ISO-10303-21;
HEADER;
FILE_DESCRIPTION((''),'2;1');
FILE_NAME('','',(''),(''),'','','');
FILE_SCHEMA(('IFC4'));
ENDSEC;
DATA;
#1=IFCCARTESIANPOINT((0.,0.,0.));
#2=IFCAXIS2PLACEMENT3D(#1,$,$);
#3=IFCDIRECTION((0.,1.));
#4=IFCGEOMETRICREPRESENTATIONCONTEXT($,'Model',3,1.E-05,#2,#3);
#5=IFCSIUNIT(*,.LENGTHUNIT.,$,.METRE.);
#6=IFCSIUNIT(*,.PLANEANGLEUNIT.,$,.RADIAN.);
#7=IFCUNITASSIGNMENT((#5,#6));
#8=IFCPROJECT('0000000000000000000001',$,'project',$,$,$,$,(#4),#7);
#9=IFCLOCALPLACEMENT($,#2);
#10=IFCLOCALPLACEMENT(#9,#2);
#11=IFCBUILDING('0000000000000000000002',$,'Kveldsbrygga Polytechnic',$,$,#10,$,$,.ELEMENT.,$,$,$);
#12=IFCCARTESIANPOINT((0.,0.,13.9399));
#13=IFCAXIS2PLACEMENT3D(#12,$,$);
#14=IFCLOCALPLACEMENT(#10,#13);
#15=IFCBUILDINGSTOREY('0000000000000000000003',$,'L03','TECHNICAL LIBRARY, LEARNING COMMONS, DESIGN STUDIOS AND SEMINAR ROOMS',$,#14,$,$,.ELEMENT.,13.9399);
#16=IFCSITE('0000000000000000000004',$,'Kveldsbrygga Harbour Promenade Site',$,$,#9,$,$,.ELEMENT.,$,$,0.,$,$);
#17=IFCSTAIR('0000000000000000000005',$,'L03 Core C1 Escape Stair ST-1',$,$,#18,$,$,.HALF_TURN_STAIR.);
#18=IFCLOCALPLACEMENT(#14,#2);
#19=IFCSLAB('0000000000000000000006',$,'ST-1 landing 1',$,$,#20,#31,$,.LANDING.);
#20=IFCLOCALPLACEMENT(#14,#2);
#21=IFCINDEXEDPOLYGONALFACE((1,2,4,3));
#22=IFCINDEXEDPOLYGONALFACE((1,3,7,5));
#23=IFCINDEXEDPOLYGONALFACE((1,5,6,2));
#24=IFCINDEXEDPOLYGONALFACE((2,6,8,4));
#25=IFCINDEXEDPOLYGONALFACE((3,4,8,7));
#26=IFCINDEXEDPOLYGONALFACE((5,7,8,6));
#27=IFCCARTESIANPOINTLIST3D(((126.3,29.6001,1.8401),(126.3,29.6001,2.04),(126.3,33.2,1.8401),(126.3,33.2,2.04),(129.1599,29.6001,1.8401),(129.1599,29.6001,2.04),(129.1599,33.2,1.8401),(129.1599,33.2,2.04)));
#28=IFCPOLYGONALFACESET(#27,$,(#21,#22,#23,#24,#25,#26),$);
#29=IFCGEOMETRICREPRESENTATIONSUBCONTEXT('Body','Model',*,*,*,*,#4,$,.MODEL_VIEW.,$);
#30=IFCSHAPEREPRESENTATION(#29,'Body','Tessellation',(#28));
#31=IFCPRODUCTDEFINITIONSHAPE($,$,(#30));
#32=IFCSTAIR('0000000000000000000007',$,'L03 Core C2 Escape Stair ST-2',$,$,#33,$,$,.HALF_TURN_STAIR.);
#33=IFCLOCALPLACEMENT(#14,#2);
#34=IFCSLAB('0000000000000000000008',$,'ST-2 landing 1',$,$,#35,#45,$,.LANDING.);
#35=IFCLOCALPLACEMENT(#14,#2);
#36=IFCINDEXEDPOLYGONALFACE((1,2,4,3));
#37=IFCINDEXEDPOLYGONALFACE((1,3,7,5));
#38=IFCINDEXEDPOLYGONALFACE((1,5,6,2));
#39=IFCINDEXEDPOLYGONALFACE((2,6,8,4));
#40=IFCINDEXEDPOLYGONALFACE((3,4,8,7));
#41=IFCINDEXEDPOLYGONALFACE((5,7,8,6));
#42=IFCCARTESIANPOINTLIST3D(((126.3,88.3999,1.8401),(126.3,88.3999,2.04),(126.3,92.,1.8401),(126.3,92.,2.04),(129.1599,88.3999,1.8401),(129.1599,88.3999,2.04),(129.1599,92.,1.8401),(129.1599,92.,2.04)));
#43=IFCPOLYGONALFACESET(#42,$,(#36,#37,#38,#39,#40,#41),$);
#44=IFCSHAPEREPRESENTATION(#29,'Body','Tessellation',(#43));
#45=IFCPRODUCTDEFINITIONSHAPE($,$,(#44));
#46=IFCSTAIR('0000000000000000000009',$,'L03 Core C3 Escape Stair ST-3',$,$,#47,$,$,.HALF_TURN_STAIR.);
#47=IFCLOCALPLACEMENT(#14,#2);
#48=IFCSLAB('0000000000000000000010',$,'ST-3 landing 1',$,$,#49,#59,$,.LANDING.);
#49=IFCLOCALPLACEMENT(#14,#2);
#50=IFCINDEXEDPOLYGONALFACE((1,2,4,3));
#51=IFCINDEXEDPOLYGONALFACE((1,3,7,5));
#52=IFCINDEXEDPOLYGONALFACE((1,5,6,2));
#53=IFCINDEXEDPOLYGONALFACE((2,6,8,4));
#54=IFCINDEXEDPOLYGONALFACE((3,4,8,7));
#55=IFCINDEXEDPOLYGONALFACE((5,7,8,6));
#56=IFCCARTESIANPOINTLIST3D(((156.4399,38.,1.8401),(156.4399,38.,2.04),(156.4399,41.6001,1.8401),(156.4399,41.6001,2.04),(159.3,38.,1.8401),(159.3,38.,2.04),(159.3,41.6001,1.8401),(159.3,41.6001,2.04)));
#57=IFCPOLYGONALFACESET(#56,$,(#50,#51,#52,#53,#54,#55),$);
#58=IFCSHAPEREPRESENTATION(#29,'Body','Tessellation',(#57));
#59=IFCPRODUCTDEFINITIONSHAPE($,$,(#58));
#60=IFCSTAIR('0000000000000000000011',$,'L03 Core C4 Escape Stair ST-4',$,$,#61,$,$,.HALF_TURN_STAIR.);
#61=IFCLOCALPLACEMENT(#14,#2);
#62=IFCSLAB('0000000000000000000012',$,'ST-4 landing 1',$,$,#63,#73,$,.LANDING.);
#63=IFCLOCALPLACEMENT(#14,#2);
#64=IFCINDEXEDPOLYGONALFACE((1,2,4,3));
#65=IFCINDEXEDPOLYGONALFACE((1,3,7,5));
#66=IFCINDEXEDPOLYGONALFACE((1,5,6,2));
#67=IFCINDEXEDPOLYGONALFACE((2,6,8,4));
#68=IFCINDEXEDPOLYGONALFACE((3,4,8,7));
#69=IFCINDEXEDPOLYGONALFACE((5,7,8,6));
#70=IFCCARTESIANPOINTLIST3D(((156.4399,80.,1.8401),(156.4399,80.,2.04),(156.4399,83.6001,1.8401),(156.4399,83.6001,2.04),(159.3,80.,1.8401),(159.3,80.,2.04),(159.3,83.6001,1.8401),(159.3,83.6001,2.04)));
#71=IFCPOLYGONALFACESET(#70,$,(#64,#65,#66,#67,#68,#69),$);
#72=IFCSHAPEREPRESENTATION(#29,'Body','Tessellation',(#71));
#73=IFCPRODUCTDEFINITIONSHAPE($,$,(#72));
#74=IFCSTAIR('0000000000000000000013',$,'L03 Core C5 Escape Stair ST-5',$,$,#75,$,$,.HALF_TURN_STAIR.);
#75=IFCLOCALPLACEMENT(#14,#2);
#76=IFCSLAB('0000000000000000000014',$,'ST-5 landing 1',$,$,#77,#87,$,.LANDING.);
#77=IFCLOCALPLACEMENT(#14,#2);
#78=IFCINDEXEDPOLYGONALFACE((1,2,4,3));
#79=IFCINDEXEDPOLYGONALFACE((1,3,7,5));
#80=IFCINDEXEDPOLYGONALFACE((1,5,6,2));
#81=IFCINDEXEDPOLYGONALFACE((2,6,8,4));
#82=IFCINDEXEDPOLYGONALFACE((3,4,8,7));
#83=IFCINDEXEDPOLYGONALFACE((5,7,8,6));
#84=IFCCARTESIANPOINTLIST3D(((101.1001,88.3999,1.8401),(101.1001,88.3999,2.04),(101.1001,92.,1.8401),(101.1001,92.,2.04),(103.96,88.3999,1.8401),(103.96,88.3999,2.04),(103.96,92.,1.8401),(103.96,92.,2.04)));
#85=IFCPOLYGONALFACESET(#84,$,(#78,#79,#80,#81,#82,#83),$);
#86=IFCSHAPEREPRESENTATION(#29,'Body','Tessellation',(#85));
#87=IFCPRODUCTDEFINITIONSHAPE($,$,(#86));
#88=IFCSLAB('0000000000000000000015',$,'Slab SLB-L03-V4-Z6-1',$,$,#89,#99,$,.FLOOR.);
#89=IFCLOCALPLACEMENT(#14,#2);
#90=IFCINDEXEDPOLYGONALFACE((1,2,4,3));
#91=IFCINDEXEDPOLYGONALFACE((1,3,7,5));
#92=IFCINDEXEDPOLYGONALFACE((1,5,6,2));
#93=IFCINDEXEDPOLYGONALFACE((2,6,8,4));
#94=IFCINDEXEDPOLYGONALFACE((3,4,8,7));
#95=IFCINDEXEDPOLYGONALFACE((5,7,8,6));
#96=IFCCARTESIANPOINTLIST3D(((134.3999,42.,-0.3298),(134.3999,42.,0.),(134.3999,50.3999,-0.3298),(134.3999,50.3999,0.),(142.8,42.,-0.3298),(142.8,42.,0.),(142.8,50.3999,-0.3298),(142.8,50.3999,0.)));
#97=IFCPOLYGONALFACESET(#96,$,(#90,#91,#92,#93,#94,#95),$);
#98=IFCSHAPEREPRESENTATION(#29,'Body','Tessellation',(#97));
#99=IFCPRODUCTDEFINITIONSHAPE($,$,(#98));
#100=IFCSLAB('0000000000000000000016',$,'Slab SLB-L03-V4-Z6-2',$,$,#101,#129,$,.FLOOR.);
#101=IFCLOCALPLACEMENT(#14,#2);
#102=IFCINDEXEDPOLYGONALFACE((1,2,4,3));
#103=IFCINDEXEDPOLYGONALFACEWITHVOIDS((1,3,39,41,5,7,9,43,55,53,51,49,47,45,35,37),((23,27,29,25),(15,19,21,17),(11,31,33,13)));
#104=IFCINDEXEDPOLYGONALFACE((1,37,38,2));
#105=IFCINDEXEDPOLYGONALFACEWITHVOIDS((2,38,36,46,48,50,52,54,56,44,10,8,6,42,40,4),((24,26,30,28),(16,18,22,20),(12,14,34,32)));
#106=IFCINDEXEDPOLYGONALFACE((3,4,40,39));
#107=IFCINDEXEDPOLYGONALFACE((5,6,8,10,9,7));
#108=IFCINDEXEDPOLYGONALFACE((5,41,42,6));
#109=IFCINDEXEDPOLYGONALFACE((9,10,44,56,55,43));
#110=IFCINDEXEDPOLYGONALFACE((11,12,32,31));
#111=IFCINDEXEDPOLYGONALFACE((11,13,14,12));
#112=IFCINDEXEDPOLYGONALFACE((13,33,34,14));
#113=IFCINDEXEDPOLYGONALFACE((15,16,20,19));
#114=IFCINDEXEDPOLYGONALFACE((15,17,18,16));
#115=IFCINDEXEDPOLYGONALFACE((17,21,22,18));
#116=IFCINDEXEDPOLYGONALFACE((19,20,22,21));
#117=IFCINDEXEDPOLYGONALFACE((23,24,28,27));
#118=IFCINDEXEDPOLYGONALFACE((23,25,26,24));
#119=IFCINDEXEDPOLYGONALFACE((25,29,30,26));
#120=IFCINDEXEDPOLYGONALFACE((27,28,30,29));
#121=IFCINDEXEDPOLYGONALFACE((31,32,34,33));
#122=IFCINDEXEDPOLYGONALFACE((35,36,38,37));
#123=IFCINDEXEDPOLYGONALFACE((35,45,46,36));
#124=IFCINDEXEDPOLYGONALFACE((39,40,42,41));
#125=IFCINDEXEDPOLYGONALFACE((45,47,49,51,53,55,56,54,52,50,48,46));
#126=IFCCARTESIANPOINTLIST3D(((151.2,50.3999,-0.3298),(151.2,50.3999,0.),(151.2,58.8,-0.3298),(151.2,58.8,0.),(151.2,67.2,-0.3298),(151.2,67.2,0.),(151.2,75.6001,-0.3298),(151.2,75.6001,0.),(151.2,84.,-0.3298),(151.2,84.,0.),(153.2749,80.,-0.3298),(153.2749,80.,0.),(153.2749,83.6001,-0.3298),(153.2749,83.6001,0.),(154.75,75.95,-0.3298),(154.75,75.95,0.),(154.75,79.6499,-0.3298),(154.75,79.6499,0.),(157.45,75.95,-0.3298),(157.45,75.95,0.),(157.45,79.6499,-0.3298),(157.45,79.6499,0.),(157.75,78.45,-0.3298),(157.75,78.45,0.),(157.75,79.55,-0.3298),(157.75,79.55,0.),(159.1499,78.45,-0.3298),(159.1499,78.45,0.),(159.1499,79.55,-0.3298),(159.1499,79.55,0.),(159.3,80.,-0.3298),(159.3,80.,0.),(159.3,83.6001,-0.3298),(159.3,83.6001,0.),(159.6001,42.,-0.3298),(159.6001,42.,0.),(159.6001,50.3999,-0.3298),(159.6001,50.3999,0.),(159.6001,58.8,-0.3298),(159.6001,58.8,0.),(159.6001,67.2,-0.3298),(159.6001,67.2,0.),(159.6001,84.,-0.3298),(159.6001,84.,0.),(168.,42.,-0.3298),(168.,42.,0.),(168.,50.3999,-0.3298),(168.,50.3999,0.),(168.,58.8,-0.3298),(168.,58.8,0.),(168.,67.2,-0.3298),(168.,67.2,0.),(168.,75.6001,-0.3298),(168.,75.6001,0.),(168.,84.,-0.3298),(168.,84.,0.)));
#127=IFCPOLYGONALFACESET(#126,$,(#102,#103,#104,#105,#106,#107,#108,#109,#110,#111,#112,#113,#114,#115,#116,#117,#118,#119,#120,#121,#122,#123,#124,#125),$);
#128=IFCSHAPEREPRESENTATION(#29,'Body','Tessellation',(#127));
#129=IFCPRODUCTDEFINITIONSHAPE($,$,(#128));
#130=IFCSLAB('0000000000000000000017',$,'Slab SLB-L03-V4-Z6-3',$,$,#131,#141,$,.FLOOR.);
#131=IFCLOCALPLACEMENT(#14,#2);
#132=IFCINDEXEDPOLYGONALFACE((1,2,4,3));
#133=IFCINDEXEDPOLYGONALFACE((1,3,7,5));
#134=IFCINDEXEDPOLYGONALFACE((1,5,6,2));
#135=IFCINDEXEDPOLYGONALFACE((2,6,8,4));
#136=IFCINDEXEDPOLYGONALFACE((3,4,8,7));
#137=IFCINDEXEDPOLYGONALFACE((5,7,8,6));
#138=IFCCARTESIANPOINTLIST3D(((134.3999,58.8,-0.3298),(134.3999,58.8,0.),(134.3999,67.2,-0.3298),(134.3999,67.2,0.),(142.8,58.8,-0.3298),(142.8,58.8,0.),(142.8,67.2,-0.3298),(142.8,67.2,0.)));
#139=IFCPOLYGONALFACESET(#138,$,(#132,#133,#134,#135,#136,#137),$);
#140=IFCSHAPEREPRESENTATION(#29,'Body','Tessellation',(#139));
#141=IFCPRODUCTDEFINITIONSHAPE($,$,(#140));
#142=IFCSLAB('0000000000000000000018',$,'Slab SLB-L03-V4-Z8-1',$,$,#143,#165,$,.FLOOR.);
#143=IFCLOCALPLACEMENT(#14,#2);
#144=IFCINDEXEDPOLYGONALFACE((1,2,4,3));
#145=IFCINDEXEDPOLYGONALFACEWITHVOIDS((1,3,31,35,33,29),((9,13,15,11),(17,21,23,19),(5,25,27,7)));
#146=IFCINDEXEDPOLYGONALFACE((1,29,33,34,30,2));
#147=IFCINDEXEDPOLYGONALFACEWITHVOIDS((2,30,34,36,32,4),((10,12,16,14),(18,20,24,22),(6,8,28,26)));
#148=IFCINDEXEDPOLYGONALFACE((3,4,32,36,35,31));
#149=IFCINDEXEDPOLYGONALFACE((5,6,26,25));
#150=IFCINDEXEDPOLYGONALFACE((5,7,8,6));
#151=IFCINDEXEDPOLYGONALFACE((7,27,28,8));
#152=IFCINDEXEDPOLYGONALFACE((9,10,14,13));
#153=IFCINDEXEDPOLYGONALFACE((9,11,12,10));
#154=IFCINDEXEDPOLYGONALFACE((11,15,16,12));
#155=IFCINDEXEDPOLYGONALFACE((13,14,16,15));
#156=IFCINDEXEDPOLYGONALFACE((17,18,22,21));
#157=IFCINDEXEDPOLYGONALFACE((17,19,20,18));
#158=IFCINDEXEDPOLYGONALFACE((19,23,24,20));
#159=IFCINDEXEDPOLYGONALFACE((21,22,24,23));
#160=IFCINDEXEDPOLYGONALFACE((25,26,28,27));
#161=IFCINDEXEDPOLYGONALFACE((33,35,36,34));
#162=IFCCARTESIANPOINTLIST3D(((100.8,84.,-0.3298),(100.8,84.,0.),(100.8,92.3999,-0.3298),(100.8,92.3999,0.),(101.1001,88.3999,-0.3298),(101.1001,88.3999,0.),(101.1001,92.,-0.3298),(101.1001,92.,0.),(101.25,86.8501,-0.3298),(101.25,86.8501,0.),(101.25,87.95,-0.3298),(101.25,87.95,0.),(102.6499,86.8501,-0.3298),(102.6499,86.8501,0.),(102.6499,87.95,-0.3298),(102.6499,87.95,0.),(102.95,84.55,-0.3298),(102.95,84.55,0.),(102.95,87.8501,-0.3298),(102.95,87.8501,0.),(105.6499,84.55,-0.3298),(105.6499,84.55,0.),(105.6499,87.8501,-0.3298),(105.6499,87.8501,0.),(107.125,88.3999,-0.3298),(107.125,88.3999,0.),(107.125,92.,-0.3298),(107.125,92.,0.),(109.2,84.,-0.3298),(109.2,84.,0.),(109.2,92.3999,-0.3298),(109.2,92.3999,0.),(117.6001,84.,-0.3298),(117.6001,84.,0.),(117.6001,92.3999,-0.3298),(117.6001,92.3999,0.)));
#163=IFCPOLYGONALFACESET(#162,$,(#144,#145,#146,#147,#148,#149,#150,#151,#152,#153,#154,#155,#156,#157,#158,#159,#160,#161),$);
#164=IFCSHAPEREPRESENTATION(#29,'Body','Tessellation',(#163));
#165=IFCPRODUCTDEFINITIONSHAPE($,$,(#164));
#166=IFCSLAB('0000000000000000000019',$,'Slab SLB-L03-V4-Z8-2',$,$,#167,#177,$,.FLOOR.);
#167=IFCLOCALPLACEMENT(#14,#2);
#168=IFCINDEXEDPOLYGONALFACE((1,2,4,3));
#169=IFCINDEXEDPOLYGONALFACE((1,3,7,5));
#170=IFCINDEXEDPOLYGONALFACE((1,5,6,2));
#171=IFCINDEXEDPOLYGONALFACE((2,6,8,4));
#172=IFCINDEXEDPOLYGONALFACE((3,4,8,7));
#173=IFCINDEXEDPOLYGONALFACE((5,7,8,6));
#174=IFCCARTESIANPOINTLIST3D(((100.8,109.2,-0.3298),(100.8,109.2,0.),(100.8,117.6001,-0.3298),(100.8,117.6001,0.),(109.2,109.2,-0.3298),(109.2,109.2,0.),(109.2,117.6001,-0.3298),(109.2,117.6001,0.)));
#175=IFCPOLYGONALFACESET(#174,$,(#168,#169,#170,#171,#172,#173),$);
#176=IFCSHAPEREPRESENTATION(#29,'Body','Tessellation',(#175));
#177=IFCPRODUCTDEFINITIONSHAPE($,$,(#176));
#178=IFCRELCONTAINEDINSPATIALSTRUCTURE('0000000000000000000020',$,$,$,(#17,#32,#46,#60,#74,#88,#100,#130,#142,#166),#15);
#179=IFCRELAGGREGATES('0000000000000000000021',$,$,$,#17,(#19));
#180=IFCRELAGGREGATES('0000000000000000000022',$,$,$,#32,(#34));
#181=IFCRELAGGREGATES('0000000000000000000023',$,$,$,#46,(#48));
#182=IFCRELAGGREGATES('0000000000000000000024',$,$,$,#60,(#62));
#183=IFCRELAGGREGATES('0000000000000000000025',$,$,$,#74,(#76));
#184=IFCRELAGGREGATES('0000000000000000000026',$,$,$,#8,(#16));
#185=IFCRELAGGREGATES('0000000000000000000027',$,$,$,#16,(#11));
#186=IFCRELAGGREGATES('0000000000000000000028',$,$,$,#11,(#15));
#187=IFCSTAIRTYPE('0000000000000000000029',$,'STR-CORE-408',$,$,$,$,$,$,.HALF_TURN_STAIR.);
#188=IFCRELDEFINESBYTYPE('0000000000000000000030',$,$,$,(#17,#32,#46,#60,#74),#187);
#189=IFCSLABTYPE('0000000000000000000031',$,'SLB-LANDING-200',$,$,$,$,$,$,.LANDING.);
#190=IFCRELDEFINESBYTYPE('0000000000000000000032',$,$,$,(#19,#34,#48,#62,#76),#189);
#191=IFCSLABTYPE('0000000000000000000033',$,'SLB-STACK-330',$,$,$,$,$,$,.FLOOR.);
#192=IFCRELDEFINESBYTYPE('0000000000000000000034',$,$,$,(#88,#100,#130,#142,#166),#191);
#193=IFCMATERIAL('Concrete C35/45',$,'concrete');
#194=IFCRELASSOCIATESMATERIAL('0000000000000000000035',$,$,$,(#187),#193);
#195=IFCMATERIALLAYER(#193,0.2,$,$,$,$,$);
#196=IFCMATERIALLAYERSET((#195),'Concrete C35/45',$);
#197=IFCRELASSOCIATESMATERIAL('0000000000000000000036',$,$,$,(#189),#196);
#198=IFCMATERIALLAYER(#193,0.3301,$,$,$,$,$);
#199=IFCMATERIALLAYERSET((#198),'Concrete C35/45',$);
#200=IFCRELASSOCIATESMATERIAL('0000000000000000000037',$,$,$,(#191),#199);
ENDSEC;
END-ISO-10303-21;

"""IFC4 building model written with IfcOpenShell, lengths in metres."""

from ifc_helpers import new_model, si_unit, direction, frame, origin, place, context, subcontext, project, spatial, polyline, outline, extrude, material, layer, layer_set, type_object, element, aggregate, save


model = new_model("IFC4")

# Units and contexts
model_context = context("Model", 3, precision=1e-05, world=origin(), true_north=direction((0.0, 1.0)))
body_context = subcontext(model_context, "Body", "Model", "MODEL_VIEW")
ifc_project = project(units=[si_unit("LENGTHUNIT", "METRE"), si_unit("PLANEANGLEUNIT", "RADIAN")], contexts=[model_context])

# Site, building, storey
site_placement = place(None, origin())
site = spatial("IfcSite", under=ifc_project, at=site_placement, Name="Kveldsbrygga Harbour Promenade Site", CompositionType="ELEMENT", RefElevation=0.0)
building_placement = place(site_placement, origin())
building = spatial("IfcBuilding", under=site, at=building_placement, Name="Kveldsbrygga Polytechnic", CompositionType="ELEMENT")
storey_placement = place(building_placement, frame((0.0, 0.0, 13.9399)))
storey = spatial("IfcBuildingStorey", under=building, at=storey_placement, Name="L03", Description="TECHNICAL LIBRARY, LEARNING COMMONS, DESIGN STUDIOS AND SEMINAR ROOMS", CompositionType="ELEMENT", Elevation=13.9399)

# Stairs, slabs
ifc_material_1 = material(Name="Concrete C35/45", Category="concrete")
stair_type = type_object("IfcStairType", Name="STR-CORE-408", PredefinedType="HALF_TURN_STAIR", material=ifc_material_1)
stair_1_placement = place(storey_placement, origin())
stair_1 = element("IfcStair", 1, at=stair_1_placement, inside=storey, type_object=stair_type, Name="L03 Core C1 Escape Stair ST-1", PredefinedType="HALF_TURN_STAIR")
ifc_layer_1 = layer(ifc_material_1, 0.2)
ifc_layer_set_1 = layer_set([ifc_layer_1], Name="Concrete C35/45")
slab_type_1 = type_object("IfcSlabType", Name="SLB-LANDING-200", PredefinedType="LANDING", material=ifc_layer_set_1)
slab_1_placement = place(storey_placement, frame((0.0, 0.0, 1.8401)))
slab_1 = element("IfcSlab", 2, at=slab_1_placement, type_object=slab_type_1, Name="ST-1 landing 1", PredefinedType="LANDING", context=body_context, shape_type="SweptSolid", body=[
    extrude(outline(polyline([(129.1599, 33.2), (126.3, 33.2), (126.3, 29.6001), (129.1599, 29.6001), (129.1599, 33.2)])), origin(), (0.0, 0.0, 1.0), 0.2),
])
aggregate(stair_1, [slab_1])
stair_2_placement = place(storey_placement, origin())
stair_2 = element("IfcStair", 3, at=stair_2_placement, inside=storey, type_object=stair_type, Name="L03 Core C2 Escape Stair ST-2", PredefinedType="HALF_TURN_STAIR")
slab_2_placement = place(storey_placement, frame((0.0, 0.0, 1.8401)))
slab_2 = element("IfcSlab", 4, at=slab_2_placement, type_object=slab_type_1, Name="ST-2 landing 1", PredefinedType="LANDING", context=body_context, shape_type="SweptSolid", body=[
    extrude(outline(polyline([(129.1599, 92.0), (126.3, 92.0), (126.3, 88.3999), (129.1599, 88.3999), (129.1599, 92.0)])), origin(), (0.0, 0.0, 1.0), 0.2),
])
aggregate(stair_2, [slab_2])
stair_3_placement = place(storey_placement, origin())
stair_3 = element("IfcStair", 5, at=stair_3_placement, inside=storey, type_object=stair_type, Name="L03 Core C3 Escape Stair ST-3", PredefinedType="HALF_TURN_STAIR")
slab_3_placement = place(storey_placement, frame((0.0, 0.0, 1.8401)))
slab_3 = element("IfcSlab", 6, at=slab_3_placement, type_object=slab_type_1, Name="ST-3 landing 1", PredefinedType="LANDING", context=body_context, shape_type="SweptSolid", body=[
    extrude(outline(polyline([(156.4399, 38.0), (159.3, 38.0), (159.3, 41.6001), (156.4399, 41.6001), (156.4399, 38.0)])), origin(), (0.0, 0.0, 1.0), 0.2),
])
aggregate(stair_3, [slab_3])
stair_4_placement = place(storey_placement, origin())
stair_4 = element("IfcStair", 7, at=stair_4_placement, inside=storey, type_object=stair_type, Name="L03 Core C4 Escape Stair ST-4", PredefinedType="HALF_TURN_STAIR")
slab_4_placement = place(storey_placement, frame((0.0, 0.0, 1.8401)))
slab_4 = element("IfcSlab", 8, at=slab_4_placement, type_object=slab_type_1, Name="ST-4 landing 1", PredefinedType="LANDING", context=body_context, shape_type="SweptSolid", body=[
    extrude(outline(polyline([(156.4399, 80.0), (159.3, 80.0), (159.3, 83.6001), (156.4399, 83.6001), (156.4399, 80.0)])), origin(), (0.0, 0.0, 1.0), 0.2),
])
aggregate(stair_4, [slab_4])
stair_5_placement = place(storey_placement, origin())
stair_5 = element("IfcStair", 9, at=stair_5_placement, inside=storey, type_object=stair_type, Name="L03 Core C5 Escape Stair ST-5", PredefinedType="HALF_TURN_STAIR")
slab_5_placement = place(storey_placement, frame((0.0, 0.0, 1.8401)))
slab_5 = element("IfcSlab", 10, at=slab_5_placement, type_object=slab_type_1, Name="ST-5 landing 1", PredefinedType="LANDING", context=body_context, shape_type="SweptSolid", body=[
    extrude(outline(polyline([(103.96, 92.0), (101.1001, 92.0), (101.1001, 88.3999), (103.96, 88.3999), (103.96, 92.0)])), origin(), (0.0, 0.0, 1.0), 0.2),
])
aggregate(stair_5, [slab_5])

# Slabs
ifc_layer_2 = layer(ifc_material_1, 0.3301)
ifc_layer_set_2 = layer_set([ifc_layer_2], Name="Concrete C35/45")
slab_type_2 = type_object("IfcSlabType", Name="SLB-STACK-330", PredefinedType="FLOOR", material=ifc_layer_set_2)
slab_6_placement = place(storey_placement, frame((0.0, 0.0, -0.3298)))
element("IfcSlab", 11, at=slab_6_placement, inside=storey, type_object=slab_type_2, Name="Slab SLB-L03-V4-Z6-1", PredefinedType="FLOOR", context=body_context, shape_type="SweptSolid", body=[
    extrude(outline(polyline([(142.8, 50.3999), (142.8, 42.0), (134.3999, 42.0), (134.3999, 50.3999), (142.8, 50.3999)])), origin(), (0.0, 0.0, 1.0), 0.3298),
])
slab_7_placement = place(storey_placement, frame((0.0, 0.0, -0.3298)))
element("IfcSlab", 12, at=slab_7_placement, inside=storey, type_object=slab_type_2, Name="Slab SLB-L03-V4-Z6-2", PredefinedType="FLOOR", context=body_context, shape_type="SweptSolid", body=[
    extrude(outline(polyline([(151.2, 50.3999), (151.2, 58.8), (159.6001, 58.8), (159.6001, 67.2), (151.2, 67.2), (151.2, 75.6001), (151.2, 84.0), (159.6001, 84.0), (168.0, 84.0), (168.0, 75.6001), (168.0, 67.2), (168.0, 58.8), (168.0, 50.3999), (168.0, 42.0), (159.6001, 42.0), (159.6001, 50.3999), (151.2, 50.3999)]), holes=[polyline([(153.2749, 80.0), (159.3, 80.0), (159.3, 83.6001), (153.2749, 83.6001), (153.2749, 80.0)]), polyline([(154.75, 75.95), (157.45, 75.95), (157.45, 79.6499), (154.75, 79.6499), (154.75, 75.95)]), polyline([(157.75, 78.45), (159.1499, 78.45), (159.1499, 79.55), (157.75, 79.55), (157.75, 78.45)])]), origin(), (0.0, 0.0, 1.0), 0.3298),
])
slab_8_placement = place(storey_placement, frame((0.0, 0.0, -0.3298)))
element("IfcSlab", 13, at=slab_8_placement, inside=storey, type_object=slab_type_2, Name="Slab SLB-L03-V4-Z6-3", PredefinedType="FLOOR", context=body_context, shape_type="SweptSolid", body=[
    extrude(outline(polyline([(142.8, 58.8), (134.3999, 58.8), (134.3999, 67.2), (142.8, 67.2), (142.8, 58.8)])), origin(), (0.0, 0.0, 1.0), 0.3298),
])
slab_9_placement = place(storey_placement, frame((0.0, 0.0, -0.3298)))
element("IfcSlab", 14, at=slab_9_placement, inside=storey, type_object=slab_type_2, Name="Slab SLB-L03-V4-Z8-1", PredefinedType="FLOOR", context=body_context, shape_type="SweptSolid", body=[
    extrude(outline(polyline([(100.8, 84.0), (100.8, 92.3999), (109.2, 92.3999), (117.6001, 92.3999), (117.6001, 84.0), (109.2, 84.0), (100.8, 84.0)]), holes=[polyline([(107.125, 92.0), (101.1001, 92.0), (101.1001, 88.3999), (107.125, 88.3999), (107.125, 92.0)]), polyline([(102.95, 84.55), (105.6499, 84.55), (105.6499, 87.8501), (102.95, 87.8501), (102.95, 84.55)]), polyline([(101.25, 86.8501), (102.6499, 86.8501), (102.6499, 87.95), (101.25, 87.95), (101.25, 86.8501)])]), origin(), (0.0, 0.0, 1.0), 0.3298),
])
slab_10_placement = place(storey_placement, frame((0.0, 0.0, -0.3298)))
element("IfcSlab", 15, at=slab_10_placement, inside=storey, type_object=slab_type_2, Name="Slab SLB-L03-V4-Z8-2", PredefinedType="FLOOR", context=body_context, shape_type="SweptSolid", body=[
    extrude(outline(polyline([(100.8, 117.6001), (109.2, 117.6001), (109.2, 109.2), (100.8, 109.2), (100.8, 117.6001)])), origin(), (0.0, 0.0, 1.0), 0.3298),
])

save(model, "model.ifc")
